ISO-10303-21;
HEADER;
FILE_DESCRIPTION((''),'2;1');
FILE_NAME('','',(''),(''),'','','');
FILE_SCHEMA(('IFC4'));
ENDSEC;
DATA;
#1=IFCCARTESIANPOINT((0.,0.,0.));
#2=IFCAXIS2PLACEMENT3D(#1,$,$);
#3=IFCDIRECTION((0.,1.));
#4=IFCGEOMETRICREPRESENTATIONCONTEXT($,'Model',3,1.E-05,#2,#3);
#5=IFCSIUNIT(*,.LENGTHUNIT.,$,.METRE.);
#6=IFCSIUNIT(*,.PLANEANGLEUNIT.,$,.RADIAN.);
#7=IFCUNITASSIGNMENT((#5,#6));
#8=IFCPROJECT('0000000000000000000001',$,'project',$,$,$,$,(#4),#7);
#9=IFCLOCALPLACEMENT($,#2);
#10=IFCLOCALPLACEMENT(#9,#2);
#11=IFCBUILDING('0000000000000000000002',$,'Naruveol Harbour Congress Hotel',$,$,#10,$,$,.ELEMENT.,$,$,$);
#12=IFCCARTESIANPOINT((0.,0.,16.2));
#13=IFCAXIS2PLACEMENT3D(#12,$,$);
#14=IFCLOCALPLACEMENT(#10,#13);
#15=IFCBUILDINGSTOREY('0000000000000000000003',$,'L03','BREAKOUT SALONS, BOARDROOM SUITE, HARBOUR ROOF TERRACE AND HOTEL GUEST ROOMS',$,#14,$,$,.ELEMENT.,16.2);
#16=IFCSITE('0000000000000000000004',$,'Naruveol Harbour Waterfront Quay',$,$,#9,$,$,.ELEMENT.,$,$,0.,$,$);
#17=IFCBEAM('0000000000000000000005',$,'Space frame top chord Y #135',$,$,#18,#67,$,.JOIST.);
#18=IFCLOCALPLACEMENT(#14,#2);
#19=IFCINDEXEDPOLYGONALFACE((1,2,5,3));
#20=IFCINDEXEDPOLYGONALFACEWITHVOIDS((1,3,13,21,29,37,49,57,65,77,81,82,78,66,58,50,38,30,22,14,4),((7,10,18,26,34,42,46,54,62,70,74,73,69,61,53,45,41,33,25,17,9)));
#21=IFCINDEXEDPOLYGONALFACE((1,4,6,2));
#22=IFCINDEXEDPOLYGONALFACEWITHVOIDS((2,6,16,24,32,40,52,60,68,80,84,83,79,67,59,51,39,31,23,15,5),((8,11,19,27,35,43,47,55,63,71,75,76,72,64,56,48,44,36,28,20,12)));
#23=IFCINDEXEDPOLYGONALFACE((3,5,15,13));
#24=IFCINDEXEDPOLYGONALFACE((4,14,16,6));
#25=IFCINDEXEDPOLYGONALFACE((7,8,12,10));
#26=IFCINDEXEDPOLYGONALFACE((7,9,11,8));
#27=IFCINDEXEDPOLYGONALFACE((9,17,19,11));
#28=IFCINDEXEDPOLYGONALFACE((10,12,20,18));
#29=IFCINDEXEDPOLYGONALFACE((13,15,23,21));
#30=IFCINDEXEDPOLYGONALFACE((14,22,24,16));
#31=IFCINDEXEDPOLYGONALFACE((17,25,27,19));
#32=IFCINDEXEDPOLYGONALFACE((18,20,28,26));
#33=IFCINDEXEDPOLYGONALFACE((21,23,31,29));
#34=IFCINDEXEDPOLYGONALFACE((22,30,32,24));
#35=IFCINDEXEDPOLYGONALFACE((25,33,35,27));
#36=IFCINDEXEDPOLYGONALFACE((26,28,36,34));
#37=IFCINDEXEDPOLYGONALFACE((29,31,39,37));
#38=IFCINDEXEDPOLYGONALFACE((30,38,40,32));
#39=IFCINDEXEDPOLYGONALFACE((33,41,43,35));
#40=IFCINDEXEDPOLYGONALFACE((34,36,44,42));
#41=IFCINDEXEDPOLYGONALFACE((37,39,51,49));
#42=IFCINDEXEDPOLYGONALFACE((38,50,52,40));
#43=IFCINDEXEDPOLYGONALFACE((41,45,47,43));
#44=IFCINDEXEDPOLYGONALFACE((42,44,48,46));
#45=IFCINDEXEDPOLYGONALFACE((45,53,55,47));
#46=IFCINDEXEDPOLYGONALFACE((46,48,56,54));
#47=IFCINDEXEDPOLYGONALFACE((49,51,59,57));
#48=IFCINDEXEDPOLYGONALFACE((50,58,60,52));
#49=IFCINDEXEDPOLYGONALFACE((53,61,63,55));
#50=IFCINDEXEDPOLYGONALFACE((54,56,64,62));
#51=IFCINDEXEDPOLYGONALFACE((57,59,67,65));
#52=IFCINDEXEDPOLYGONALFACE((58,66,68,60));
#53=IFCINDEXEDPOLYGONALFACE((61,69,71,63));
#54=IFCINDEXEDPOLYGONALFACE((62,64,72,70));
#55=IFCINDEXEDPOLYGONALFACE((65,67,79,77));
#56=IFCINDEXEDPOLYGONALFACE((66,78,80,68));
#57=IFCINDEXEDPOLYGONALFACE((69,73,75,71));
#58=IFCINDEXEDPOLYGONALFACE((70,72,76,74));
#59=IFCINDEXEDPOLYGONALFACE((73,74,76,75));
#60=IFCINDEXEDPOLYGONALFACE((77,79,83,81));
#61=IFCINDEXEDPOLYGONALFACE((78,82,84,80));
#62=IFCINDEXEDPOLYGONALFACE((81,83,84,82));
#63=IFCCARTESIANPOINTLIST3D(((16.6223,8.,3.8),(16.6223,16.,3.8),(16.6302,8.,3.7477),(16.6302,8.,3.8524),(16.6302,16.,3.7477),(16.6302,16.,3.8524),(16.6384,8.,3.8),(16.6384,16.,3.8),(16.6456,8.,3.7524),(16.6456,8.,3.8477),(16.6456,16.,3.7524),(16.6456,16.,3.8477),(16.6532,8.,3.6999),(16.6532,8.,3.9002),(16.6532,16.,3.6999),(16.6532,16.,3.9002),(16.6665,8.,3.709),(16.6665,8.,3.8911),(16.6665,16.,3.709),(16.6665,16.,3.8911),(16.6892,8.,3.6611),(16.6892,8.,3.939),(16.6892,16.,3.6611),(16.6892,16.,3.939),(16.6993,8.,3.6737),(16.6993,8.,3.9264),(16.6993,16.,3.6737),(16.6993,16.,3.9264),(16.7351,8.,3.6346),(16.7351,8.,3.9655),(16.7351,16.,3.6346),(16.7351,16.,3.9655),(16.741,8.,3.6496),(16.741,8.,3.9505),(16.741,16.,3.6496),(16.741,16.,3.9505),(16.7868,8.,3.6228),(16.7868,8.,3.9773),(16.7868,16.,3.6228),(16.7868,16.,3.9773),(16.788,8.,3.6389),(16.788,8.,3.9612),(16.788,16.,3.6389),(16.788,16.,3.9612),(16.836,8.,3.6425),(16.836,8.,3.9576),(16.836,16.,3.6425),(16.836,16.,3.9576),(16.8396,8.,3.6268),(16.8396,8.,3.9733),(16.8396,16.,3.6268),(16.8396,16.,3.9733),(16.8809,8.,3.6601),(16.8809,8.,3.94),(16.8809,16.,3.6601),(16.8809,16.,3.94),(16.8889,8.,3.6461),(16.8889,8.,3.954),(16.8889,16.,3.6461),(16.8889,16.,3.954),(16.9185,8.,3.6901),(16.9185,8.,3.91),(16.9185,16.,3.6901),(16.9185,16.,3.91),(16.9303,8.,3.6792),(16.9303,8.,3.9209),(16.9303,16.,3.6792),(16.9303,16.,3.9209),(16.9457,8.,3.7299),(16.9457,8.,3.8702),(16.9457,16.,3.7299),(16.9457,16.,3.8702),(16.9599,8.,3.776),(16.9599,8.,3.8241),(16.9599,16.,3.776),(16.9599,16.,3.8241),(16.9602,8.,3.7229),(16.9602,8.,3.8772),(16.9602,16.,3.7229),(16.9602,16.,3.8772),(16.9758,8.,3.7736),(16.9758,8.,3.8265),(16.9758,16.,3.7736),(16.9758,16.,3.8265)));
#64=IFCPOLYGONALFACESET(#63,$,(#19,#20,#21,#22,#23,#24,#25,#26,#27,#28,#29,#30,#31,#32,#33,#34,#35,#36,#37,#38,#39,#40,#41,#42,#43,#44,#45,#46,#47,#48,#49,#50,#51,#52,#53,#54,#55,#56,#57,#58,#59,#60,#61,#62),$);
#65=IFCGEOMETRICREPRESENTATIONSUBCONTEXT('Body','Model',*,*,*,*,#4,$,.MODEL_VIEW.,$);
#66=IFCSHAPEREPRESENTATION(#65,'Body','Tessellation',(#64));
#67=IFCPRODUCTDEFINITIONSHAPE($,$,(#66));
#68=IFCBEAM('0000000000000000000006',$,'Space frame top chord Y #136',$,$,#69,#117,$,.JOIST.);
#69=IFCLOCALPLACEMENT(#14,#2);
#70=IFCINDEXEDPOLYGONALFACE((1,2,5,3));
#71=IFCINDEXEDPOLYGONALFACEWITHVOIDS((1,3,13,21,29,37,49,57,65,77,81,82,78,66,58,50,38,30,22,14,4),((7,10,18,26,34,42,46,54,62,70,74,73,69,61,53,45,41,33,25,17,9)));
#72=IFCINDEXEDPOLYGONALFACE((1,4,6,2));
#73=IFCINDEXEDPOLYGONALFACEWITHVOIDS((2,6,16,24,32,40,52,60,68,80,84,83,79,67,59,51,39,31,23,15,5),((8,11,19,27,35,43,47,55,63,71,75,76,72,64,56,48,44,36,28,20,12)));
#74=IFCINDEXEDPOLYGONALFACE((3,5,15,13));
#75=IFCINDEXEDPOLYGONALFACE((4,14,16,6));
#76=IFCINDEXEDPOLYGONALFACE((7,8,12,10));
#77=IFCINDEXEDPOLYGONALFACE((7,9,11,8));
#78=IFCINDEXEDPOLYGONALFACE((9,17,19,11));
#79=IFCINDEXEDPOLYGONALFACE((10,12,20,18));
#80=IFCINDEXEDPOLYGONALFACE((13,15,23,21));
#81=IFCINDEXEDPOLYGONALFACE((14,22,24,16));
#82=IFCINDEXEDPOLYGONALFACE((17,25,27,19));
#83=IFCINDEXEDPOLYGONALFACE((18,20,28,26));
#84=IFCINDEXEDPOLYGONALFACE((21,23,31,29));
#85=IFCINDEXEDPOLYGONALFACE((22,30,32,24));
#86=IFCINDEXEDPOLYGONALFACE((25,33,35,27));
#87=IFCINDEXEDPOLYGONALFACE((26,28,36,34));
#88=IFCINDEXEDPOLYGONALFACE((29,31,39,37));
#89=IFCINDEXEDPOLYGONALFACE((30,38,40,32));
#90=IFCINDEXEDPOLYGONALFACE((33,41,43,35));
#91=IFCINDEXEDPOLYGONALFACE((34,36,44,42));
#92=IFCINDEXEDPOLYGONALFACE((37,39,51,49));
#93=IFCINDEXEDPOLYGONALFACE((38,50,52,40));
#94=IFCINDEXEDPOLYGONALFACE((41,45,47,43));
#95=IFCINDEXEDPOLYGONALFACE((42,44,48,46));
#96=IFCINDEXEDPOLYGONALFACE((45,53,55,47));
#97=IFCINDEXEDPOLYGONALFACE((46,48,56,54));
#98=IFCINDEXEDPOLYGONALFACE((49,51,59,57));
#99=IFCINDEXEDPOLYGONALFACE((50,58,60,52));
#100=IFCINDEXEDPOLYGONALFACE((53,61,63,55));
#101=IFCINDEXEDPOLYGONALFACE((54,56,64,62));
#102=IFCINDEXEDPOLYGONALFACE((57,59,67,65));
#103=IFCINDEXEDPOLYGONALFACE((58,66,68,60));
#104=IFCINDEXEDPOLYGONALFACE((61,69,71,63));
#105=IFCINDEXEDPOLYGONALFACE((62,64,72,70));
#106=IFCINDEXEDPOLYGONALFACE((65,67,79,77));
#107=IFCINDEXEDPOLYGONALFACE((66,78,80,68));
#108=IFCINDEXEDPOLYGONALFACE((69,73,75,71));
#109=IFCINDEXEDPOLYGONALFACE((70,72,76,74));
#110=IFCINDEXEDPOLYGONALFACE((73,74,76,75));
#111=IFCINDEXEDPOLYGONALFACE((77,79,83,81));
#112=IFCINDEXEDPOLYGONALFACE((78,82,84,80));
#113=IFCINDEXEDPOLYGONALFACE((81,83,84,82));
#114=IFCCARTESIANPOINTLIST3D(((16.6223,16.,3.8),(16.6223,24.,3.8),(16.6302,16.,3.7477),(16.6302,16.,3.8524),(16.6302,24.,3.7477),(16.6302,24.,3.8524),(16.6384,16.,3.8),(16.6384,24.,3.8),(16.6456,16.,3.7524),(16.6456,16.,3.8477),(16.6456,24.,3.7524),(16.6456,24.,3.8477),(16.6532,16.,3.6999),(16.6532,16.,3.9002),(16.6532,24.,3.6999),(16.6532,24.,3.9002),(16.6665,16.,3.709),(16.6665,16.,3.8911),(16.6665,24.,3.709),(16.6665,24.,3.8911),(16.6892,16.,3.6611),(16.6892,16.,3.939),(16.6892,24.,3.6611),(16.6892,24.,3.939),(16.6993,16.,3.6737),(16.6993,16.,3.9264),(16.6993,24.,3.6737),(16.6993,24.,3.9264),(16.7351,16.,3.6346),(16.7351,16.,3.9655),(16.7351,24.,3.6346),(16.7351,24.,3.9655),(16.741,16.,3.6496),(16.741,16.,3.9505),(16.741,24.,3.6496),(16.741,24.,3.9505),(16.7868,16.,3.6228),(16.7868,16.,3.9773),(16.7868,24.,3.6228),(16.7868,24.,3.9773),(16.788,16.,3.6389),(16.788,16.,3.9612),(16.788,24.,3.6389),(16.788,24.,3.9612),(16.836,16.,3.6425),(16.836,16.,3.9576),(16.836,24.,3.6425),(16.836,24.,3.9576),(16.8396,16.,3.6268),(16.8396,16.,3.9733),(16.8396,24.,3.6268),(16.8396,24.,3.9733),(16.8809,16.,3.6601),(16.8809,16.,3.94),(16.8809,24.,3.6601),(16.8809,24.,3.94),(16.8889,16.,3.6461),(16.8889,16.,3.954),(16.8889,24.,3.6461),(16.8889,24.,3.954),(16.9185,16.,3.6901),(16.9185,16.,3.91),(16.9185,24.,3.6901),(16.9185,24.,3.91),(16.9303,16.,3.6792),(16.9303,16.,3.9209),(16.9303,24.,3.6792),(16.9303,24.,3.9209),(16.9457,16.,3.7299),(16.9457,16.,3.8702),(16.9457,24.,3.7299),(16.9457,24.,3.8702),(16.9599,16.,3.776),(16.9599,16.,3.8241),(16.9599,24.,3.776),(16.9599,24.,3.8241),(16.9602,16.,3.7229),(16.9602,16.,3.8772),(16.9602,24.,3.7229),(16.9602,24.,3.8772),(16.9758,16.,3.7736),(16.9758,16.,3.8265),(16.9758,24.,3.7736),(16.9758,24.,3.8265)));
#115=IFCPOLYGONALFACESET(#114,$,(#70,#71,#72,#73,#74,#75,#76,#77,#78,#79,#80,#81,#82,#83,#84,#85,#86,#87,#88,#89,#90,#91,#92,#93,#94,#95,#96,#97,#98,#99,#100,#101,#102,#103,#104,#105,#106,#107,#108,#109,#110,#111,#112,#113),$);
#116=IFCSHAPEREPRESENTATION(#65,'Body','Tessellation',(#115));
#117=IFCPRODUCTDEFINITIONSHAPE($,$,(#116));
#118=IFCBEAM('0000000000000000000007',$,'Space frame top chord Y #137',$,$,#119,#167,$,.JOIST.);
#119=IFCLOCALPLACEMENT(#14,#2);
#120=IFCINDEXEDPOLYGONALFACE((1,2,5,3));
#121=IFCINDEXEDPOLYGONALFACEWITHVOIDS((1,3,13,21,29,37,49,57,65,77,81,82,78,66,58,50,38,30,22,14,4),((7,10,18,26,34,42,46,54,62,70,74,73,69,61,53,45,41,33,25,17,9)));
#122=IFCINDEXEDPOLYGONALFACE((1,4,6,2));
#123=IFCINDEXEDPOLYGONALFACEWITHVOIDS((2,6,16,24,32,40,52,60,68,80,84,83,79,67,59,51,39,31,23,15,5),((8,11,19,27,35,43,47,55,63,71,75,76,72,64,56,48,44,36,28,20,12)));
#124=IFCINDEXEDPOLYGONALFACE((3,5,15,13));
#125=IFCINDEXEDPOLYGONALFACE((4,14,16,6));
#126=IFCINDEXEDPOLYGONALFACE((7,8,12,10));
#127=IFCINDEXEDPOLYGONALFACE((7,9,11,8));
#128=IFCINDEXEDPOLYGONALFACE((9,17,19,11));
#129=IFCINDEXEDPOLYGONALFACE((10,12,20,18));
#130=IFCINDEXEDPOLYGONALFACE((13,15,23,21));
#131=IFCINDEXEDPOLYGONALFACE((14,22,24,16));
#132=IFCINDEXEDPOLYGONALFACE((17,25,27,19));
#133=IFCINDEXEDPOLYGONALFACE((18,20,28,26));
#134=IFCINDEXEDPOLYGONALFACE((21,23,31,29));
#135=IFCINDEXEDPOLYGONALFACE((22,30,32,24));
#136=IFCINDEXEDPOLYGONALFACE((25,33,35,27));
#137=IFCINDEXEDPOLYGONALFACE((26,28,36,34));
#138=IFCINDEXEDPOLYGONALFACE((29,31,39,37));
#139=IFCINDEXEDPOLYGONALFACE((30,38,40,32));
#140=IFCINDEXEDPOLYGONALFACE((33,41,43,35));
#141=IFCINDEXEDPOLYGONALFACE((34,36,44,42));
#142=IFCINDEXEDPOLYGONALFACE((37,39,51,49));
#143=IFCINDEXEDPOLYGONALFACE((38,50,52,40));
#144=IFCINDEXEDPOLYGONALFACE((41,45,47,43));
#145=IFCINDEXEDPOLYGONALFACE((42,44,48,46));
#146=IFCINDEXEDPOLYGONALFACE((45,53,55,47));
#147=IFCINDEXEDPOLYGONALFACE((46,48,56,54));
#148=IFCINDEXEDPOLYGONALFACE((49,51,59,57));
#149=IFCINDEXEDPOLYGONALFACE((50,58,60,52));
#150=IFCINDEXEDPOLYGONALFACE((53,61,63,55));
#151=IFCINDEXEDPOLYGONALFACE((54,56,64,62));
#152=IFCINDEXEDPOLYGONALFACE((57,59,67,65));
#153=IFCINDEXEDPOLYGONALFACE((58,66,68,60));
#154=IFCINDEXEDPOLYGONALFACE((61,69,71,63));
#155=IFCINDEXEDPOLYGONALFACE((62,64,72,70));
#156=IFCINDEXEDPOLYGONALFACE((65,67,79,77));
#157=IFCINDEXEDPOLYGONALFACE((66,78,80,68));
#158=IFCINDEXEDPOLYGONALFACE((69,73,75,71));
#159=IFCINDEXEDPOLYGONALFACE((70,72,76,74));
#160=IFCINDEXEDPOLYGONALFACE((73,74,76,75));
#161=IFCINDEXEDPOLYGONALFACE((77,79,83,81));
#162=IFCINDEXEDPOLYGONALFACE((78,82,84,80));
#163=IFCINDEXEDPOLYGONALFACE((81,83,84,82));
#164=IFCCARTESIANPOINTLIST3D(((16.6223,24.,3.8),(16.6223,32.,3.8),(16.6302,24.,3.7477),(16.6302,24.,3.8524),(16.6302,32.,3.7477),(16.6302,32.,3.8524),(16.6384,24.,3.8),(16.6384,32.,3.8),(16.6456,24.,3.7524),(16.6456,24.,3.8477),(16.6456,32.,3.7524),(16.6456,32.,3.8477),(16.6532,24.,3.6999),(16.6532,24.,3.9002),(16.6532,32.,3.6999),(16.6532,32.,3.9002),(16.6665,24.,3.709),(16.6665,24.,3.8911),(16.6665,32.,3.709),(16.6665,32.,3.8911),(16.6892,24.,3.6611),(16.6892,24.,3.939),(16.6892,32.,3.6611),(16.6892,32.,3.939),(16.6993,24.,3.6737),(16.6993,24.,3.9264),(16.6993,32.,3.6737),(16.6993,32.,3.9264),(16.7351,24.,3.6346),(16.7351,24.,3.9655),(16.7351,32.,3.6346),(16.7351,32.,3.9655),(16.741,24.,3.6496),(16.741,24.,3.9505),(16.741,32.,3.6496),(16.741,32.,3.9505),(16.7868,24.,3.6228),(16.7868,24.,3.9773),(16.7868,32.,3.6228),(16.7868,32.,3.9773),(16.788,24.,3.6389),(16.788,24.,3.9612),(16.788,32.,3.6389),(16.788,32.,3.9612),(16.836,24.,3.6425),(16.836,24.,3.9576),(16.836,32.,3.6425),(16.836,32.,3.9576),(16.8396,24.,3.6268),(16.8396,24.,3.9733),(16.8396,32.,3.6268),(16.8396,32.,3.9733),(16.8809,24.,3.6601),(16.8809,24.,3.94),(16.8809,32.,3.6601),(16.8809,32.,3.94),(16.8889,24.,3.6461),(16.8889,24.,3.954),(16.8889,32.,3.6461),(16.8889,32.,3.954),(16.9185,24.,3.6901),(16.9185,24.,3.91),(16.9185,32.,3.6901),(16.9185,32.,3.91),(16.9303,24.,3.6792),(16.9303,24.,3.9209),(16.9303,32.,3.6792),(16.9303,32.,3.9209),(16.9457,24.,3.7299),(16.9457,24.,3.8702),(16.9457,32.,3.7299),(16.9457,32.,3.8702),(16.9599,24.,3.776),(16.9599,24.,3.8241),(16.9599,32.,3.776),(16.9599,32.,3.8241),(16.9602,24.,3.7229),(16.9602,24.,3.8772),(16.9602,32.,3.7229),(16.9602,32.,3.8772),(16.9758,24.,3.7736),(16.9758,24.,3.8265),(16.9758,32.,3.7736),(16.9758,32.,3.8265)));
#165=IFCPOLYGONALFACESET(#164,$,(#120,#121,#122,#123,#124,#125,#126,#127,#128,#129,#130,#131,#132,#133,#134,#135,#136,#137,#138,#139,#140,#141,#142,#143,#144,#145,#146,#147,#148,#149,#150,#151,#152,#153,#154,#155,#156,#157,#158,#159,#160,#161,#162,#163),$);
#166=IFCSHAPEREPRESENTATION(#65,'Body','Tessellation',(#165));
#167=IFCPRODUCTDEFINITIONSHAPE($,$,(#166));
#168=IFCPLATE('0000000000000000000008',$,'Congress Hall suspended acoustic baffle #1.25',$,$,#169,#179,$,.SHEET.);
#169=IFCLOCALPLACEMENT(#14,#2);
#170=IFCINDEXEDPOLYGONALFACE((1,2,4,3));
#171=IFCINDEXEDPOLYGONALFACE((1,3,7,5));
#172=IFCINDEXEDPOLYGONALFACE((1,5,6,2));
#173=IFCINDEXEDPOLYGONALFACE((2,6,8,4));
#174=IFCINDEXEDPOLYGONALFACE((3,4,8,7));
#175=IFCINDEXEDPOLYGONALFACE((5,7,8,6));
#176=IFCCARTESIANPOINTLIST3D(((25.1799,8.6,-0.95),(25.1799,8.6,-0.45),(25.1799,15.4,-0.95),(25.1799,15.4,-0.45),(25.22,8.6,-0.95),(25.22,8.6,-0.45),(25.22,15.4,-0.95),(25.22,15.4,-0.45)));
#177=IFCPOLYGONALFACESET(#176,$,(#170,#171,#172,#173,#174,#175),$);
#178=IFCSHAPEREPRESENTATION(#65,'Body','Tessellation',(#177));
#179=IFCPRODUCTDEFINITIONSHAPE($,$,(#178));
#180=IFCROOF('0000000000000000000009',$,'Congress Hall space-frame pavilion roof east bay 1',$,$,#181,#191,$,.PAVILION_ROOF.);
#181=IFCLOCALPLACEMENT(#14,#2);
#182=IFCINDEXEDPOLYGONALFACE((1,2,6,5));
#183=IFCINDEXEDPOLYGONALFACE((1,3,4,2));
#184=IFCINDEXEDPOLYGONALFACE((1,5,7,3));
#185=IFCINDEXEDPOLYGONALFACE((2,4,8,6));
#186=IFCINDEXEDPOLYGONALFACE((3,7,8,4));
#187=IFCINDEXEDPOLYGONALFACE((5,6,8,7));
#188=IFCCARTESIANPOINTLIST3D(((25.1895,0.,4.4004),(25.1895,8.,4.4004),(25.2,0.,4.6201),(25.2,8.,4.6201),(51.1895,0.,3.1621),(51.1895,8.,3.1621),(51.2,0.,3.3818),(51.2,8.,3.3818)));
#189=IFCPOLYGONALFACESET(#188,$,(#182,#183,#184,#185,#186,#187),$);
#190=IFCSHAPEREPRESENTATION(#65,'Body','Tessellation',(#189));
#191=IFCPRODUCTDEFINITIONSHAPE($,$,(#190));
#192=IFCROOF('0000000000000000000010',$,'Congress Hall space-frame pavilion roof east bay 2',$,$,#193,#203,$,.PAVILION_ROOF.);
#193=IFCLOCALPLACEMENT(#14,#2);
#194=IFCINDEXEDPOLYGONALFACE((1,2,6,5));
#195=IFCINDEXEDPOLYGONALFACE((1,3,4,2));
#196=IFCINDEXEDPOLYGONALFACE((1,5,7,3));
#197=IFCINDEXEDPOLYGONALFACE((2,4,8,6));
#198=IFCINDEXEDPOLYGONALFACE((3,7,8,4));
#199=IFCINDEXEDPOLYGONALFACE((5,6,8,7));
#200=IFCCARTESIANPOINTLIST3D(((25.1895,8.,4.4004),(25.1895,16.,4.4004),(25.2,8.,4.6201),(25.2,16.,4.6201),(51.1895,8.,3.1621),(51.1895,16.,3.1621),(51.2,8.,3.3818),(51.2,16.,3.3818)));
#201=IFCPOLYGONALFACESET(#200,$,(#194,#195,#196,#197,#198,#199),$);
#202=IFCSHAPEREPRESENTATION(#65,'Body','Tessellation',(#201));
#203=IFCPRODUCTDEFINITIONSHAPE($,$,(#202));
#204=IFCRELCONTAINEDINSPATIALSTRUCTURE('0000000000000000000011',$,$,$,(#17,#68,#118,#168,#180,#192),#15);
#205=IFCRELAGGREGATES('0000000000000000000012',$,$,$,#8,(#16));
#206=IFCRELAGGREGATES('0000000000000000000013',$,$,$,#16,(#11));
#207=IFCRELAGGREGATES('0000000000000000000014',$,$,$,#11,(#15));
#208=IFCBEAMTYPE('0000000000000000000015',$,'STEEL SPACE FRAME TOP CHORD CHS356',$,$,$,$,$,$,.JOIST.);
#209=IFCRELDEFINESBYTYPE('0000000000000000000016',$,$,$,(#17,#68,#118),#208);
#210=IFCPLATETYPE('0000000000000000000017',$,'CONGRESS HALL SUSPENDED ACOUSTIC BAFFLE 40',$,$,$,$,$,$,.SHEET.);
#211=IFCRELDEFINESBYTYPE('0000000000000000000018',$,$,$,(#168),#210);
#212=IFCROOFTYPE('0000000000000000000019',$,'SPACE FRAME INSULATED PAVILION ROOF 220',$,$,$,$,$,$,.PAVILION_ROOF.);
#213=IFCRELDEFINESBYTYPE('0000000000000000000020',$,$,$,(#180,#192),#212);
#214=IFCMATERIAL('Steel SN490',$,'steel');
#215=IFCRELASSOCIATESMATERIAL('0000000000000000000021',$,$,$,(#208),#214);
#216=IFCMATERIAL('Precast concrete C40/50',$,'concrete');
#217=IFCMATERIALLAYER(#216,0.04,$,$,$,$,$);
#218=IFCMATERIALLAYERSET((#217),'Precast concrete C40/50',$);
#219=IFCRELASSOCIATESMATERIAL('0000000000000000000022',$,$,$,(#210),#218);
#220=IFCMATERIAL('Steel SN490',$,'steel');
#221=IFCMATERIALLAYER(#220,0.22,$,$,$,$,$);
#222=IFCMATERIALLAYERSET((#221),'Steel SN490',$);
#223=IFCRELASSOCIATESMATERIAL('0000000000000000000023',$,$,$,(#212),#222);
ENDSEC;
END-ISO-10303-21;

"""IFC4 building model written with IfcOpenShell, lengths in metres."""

from ifc_helpers import new_model, si_unit, direction, frame, origin, origin_2d, place, context, subcontext, project, spatial, polyline, rectangle, hollow_circle, outline, extrude, material, layer, layer_set, material_profile, profile_set, type_object, element, save


model = new_model("IFC4")

# Units and contexts
model_context = context("Model", 3, precision=1e-05, world=origin(), true_north=direction((0.0, 1.0)))
body_context = subcontext(model_context, "Body", "Model", "MODEL_VIEW")
ifc_project = project(units=[si_unit("LENGTHUNIT", "METRE"), si_unit("PLANEANGLEUNIT", "RADIAN")], contexts=[model_context])

# Site, building, storey
site_placement = place(None, origin())
site = spatial("IfcSite", under=ifc_project, at=site_placement, Name="Naruveol Harbour Waterfront Quay", CompositionType="ELEMENT", RefElevation=0.0)
building_placement = place(site_placement, origin())
building = spatial("IfcBuilding", under=site, at=building_placement, Name="Naruveol Harbour Congress Hotel", CompositionType="ELEMENT")
storey_placement = place(building_placement, frame((0.0, 0.0, 16.2)))
storey = spatial("IfcBuildingStorey", under=building, at=storey_placement, Name="L03", Description="BREAKOUT SALONS, BOARDROOM SUITE, HARBOUR ROOF TERRACE AND HOTEL GUEST ROOMS", CompositionType="ELEMENT", Elevation=16.2)

# Beams
ifc_material_1 = material(Name="Steel SN490", Category="steel")
ifc_material_profile_1 = material_profile(ifc_material_1, hollow_circle(Radius=0.1777, WallThickness=0.0161, at=origin_2d()), Name="CHS-355.6x16")
ifc_profile_set_1 = profile_set([ifc_material_profile_1], Name="Steel SN490")
beam_type_1 = type_object("IfcBeamType", Name="STEEL SPACE FRAME TOP CHORD CHS356", PredefinedType="JOIST", material=ifc_profile_set_1)
for number, where, z_axis, x_axis, name in (
    (1, (16.8, 8.0, 3.8), (0.0, 1.0, 0.0), (-1.0, 0.0, 0.0), "Space frame top chord Y #135"),
    (2, (16.8, 16.0, 3.8), (0.0, 1.0, 0.0), (-1.0, 0.0, 0.0), "Space frame top chord Y #136"),
    (3, (16.8, 24.0, 3.8), (0.0, 1.0, 0.0), (-1.0, 0.0, 0.0), "Space frame top chord Y #137"),
):
    element("IfcBeam", number, at=place(storey_placement, frame(where, z_axis=z_axis, x_axis=x_axis)), inside=storey, type_object=beam_type_1, Name=name, PredefinedType="JOIST", context=body_context, shape_type="SweptSolid", body=[
        extrude(hollow_circle(Radius=0.1777, WallThickness=0.0161, at=origin_2d()), origin(), (0.0, 0.0, 1.0), 8.0),
    ])

# Plate
ifc_material_2 = material(Name="Precast concrete C40/50", Category="concrete")
ifc_layer_1 = layer(ifc_material_2, 0.04)
ifc_layer_set_1 = layer_set([ifc_layer_1], Name="Precast concrete C40/50")
plate_type = type_object("IfcPlateType", Name="CONGRESS HALL SUSPENDED ACOUSTIC BAFFLE 40", PredefinedType="SHEET", material=ifc_layer_set_1)
plate_placement = place(storey_placement, frame((25.2, 12.0, -0.95), z_axis=(0.0, 0.0, 1.0), x_axis=(1.0, 0.0, 0.0)))
element("IfcPlate", 4, at=plate_placement, inside=storey, type_object=plate_type, Name="Congress Hall suspended acoustic baffle #1.25", PredefinedType="SHEET", context=body_context, shape_type="SweptSolid", body=[
    extrude(rectangle(XDim=0.04, YDim=6.8, at=origin_2d()), origin(), (0.0, 0.0, 1.0), 0.5),
])

# Roofs
ifc_material_3 = material(Name="Steel SN490", Category="steel")
ifc_layer_2 = layer(ifc_material_3, 0.22)
ifc_layer_set_2 = layer_set([ifc_layer_2], Name="Steel SN490")
roof_type = type_object("IfcRoofType", Name="SPACE FRAME INSULATED PAVILION ROOF 220", PredefinedType="PAVILION_ROOF", material=ifc_layer_set_2)
for number, where, z_axis, x_axis, name in (
    (5, (25.2, 0.0, 4.6201), (0.047572, 0.0, 0.998868), (0.998868, 0.0, -0.047572), "Congress Hall space-frame pavilion roof east bay 1"),
    (6, (25.2, 8.0, 4.6201), (0.047572, 0.0, 0.998868), (0.998868, 0.0, -0.047572), "Congress Hall space-frame pavilion roof east bay 2"),
):
    element("IfcRoof", number, at=place(storey_placement, frame(where, z_axis=z_axis, x_axis=x_axis)), inside=storey, type_object=roof_type, Name=name, PredefinedType="PAVILION_ROOF", context=body_context, shape_type="SweptSolid", body=[
        extrude(outline(polyline([(0.0, 0.0), (26.0295, 0.0), (26.0295, 8.0), (0.0, 8.0), (0.0, 0.0)])), origin(), (0.0, 0.0, -1.0), 0.22),
    ])

save(model, "model.ifc")
